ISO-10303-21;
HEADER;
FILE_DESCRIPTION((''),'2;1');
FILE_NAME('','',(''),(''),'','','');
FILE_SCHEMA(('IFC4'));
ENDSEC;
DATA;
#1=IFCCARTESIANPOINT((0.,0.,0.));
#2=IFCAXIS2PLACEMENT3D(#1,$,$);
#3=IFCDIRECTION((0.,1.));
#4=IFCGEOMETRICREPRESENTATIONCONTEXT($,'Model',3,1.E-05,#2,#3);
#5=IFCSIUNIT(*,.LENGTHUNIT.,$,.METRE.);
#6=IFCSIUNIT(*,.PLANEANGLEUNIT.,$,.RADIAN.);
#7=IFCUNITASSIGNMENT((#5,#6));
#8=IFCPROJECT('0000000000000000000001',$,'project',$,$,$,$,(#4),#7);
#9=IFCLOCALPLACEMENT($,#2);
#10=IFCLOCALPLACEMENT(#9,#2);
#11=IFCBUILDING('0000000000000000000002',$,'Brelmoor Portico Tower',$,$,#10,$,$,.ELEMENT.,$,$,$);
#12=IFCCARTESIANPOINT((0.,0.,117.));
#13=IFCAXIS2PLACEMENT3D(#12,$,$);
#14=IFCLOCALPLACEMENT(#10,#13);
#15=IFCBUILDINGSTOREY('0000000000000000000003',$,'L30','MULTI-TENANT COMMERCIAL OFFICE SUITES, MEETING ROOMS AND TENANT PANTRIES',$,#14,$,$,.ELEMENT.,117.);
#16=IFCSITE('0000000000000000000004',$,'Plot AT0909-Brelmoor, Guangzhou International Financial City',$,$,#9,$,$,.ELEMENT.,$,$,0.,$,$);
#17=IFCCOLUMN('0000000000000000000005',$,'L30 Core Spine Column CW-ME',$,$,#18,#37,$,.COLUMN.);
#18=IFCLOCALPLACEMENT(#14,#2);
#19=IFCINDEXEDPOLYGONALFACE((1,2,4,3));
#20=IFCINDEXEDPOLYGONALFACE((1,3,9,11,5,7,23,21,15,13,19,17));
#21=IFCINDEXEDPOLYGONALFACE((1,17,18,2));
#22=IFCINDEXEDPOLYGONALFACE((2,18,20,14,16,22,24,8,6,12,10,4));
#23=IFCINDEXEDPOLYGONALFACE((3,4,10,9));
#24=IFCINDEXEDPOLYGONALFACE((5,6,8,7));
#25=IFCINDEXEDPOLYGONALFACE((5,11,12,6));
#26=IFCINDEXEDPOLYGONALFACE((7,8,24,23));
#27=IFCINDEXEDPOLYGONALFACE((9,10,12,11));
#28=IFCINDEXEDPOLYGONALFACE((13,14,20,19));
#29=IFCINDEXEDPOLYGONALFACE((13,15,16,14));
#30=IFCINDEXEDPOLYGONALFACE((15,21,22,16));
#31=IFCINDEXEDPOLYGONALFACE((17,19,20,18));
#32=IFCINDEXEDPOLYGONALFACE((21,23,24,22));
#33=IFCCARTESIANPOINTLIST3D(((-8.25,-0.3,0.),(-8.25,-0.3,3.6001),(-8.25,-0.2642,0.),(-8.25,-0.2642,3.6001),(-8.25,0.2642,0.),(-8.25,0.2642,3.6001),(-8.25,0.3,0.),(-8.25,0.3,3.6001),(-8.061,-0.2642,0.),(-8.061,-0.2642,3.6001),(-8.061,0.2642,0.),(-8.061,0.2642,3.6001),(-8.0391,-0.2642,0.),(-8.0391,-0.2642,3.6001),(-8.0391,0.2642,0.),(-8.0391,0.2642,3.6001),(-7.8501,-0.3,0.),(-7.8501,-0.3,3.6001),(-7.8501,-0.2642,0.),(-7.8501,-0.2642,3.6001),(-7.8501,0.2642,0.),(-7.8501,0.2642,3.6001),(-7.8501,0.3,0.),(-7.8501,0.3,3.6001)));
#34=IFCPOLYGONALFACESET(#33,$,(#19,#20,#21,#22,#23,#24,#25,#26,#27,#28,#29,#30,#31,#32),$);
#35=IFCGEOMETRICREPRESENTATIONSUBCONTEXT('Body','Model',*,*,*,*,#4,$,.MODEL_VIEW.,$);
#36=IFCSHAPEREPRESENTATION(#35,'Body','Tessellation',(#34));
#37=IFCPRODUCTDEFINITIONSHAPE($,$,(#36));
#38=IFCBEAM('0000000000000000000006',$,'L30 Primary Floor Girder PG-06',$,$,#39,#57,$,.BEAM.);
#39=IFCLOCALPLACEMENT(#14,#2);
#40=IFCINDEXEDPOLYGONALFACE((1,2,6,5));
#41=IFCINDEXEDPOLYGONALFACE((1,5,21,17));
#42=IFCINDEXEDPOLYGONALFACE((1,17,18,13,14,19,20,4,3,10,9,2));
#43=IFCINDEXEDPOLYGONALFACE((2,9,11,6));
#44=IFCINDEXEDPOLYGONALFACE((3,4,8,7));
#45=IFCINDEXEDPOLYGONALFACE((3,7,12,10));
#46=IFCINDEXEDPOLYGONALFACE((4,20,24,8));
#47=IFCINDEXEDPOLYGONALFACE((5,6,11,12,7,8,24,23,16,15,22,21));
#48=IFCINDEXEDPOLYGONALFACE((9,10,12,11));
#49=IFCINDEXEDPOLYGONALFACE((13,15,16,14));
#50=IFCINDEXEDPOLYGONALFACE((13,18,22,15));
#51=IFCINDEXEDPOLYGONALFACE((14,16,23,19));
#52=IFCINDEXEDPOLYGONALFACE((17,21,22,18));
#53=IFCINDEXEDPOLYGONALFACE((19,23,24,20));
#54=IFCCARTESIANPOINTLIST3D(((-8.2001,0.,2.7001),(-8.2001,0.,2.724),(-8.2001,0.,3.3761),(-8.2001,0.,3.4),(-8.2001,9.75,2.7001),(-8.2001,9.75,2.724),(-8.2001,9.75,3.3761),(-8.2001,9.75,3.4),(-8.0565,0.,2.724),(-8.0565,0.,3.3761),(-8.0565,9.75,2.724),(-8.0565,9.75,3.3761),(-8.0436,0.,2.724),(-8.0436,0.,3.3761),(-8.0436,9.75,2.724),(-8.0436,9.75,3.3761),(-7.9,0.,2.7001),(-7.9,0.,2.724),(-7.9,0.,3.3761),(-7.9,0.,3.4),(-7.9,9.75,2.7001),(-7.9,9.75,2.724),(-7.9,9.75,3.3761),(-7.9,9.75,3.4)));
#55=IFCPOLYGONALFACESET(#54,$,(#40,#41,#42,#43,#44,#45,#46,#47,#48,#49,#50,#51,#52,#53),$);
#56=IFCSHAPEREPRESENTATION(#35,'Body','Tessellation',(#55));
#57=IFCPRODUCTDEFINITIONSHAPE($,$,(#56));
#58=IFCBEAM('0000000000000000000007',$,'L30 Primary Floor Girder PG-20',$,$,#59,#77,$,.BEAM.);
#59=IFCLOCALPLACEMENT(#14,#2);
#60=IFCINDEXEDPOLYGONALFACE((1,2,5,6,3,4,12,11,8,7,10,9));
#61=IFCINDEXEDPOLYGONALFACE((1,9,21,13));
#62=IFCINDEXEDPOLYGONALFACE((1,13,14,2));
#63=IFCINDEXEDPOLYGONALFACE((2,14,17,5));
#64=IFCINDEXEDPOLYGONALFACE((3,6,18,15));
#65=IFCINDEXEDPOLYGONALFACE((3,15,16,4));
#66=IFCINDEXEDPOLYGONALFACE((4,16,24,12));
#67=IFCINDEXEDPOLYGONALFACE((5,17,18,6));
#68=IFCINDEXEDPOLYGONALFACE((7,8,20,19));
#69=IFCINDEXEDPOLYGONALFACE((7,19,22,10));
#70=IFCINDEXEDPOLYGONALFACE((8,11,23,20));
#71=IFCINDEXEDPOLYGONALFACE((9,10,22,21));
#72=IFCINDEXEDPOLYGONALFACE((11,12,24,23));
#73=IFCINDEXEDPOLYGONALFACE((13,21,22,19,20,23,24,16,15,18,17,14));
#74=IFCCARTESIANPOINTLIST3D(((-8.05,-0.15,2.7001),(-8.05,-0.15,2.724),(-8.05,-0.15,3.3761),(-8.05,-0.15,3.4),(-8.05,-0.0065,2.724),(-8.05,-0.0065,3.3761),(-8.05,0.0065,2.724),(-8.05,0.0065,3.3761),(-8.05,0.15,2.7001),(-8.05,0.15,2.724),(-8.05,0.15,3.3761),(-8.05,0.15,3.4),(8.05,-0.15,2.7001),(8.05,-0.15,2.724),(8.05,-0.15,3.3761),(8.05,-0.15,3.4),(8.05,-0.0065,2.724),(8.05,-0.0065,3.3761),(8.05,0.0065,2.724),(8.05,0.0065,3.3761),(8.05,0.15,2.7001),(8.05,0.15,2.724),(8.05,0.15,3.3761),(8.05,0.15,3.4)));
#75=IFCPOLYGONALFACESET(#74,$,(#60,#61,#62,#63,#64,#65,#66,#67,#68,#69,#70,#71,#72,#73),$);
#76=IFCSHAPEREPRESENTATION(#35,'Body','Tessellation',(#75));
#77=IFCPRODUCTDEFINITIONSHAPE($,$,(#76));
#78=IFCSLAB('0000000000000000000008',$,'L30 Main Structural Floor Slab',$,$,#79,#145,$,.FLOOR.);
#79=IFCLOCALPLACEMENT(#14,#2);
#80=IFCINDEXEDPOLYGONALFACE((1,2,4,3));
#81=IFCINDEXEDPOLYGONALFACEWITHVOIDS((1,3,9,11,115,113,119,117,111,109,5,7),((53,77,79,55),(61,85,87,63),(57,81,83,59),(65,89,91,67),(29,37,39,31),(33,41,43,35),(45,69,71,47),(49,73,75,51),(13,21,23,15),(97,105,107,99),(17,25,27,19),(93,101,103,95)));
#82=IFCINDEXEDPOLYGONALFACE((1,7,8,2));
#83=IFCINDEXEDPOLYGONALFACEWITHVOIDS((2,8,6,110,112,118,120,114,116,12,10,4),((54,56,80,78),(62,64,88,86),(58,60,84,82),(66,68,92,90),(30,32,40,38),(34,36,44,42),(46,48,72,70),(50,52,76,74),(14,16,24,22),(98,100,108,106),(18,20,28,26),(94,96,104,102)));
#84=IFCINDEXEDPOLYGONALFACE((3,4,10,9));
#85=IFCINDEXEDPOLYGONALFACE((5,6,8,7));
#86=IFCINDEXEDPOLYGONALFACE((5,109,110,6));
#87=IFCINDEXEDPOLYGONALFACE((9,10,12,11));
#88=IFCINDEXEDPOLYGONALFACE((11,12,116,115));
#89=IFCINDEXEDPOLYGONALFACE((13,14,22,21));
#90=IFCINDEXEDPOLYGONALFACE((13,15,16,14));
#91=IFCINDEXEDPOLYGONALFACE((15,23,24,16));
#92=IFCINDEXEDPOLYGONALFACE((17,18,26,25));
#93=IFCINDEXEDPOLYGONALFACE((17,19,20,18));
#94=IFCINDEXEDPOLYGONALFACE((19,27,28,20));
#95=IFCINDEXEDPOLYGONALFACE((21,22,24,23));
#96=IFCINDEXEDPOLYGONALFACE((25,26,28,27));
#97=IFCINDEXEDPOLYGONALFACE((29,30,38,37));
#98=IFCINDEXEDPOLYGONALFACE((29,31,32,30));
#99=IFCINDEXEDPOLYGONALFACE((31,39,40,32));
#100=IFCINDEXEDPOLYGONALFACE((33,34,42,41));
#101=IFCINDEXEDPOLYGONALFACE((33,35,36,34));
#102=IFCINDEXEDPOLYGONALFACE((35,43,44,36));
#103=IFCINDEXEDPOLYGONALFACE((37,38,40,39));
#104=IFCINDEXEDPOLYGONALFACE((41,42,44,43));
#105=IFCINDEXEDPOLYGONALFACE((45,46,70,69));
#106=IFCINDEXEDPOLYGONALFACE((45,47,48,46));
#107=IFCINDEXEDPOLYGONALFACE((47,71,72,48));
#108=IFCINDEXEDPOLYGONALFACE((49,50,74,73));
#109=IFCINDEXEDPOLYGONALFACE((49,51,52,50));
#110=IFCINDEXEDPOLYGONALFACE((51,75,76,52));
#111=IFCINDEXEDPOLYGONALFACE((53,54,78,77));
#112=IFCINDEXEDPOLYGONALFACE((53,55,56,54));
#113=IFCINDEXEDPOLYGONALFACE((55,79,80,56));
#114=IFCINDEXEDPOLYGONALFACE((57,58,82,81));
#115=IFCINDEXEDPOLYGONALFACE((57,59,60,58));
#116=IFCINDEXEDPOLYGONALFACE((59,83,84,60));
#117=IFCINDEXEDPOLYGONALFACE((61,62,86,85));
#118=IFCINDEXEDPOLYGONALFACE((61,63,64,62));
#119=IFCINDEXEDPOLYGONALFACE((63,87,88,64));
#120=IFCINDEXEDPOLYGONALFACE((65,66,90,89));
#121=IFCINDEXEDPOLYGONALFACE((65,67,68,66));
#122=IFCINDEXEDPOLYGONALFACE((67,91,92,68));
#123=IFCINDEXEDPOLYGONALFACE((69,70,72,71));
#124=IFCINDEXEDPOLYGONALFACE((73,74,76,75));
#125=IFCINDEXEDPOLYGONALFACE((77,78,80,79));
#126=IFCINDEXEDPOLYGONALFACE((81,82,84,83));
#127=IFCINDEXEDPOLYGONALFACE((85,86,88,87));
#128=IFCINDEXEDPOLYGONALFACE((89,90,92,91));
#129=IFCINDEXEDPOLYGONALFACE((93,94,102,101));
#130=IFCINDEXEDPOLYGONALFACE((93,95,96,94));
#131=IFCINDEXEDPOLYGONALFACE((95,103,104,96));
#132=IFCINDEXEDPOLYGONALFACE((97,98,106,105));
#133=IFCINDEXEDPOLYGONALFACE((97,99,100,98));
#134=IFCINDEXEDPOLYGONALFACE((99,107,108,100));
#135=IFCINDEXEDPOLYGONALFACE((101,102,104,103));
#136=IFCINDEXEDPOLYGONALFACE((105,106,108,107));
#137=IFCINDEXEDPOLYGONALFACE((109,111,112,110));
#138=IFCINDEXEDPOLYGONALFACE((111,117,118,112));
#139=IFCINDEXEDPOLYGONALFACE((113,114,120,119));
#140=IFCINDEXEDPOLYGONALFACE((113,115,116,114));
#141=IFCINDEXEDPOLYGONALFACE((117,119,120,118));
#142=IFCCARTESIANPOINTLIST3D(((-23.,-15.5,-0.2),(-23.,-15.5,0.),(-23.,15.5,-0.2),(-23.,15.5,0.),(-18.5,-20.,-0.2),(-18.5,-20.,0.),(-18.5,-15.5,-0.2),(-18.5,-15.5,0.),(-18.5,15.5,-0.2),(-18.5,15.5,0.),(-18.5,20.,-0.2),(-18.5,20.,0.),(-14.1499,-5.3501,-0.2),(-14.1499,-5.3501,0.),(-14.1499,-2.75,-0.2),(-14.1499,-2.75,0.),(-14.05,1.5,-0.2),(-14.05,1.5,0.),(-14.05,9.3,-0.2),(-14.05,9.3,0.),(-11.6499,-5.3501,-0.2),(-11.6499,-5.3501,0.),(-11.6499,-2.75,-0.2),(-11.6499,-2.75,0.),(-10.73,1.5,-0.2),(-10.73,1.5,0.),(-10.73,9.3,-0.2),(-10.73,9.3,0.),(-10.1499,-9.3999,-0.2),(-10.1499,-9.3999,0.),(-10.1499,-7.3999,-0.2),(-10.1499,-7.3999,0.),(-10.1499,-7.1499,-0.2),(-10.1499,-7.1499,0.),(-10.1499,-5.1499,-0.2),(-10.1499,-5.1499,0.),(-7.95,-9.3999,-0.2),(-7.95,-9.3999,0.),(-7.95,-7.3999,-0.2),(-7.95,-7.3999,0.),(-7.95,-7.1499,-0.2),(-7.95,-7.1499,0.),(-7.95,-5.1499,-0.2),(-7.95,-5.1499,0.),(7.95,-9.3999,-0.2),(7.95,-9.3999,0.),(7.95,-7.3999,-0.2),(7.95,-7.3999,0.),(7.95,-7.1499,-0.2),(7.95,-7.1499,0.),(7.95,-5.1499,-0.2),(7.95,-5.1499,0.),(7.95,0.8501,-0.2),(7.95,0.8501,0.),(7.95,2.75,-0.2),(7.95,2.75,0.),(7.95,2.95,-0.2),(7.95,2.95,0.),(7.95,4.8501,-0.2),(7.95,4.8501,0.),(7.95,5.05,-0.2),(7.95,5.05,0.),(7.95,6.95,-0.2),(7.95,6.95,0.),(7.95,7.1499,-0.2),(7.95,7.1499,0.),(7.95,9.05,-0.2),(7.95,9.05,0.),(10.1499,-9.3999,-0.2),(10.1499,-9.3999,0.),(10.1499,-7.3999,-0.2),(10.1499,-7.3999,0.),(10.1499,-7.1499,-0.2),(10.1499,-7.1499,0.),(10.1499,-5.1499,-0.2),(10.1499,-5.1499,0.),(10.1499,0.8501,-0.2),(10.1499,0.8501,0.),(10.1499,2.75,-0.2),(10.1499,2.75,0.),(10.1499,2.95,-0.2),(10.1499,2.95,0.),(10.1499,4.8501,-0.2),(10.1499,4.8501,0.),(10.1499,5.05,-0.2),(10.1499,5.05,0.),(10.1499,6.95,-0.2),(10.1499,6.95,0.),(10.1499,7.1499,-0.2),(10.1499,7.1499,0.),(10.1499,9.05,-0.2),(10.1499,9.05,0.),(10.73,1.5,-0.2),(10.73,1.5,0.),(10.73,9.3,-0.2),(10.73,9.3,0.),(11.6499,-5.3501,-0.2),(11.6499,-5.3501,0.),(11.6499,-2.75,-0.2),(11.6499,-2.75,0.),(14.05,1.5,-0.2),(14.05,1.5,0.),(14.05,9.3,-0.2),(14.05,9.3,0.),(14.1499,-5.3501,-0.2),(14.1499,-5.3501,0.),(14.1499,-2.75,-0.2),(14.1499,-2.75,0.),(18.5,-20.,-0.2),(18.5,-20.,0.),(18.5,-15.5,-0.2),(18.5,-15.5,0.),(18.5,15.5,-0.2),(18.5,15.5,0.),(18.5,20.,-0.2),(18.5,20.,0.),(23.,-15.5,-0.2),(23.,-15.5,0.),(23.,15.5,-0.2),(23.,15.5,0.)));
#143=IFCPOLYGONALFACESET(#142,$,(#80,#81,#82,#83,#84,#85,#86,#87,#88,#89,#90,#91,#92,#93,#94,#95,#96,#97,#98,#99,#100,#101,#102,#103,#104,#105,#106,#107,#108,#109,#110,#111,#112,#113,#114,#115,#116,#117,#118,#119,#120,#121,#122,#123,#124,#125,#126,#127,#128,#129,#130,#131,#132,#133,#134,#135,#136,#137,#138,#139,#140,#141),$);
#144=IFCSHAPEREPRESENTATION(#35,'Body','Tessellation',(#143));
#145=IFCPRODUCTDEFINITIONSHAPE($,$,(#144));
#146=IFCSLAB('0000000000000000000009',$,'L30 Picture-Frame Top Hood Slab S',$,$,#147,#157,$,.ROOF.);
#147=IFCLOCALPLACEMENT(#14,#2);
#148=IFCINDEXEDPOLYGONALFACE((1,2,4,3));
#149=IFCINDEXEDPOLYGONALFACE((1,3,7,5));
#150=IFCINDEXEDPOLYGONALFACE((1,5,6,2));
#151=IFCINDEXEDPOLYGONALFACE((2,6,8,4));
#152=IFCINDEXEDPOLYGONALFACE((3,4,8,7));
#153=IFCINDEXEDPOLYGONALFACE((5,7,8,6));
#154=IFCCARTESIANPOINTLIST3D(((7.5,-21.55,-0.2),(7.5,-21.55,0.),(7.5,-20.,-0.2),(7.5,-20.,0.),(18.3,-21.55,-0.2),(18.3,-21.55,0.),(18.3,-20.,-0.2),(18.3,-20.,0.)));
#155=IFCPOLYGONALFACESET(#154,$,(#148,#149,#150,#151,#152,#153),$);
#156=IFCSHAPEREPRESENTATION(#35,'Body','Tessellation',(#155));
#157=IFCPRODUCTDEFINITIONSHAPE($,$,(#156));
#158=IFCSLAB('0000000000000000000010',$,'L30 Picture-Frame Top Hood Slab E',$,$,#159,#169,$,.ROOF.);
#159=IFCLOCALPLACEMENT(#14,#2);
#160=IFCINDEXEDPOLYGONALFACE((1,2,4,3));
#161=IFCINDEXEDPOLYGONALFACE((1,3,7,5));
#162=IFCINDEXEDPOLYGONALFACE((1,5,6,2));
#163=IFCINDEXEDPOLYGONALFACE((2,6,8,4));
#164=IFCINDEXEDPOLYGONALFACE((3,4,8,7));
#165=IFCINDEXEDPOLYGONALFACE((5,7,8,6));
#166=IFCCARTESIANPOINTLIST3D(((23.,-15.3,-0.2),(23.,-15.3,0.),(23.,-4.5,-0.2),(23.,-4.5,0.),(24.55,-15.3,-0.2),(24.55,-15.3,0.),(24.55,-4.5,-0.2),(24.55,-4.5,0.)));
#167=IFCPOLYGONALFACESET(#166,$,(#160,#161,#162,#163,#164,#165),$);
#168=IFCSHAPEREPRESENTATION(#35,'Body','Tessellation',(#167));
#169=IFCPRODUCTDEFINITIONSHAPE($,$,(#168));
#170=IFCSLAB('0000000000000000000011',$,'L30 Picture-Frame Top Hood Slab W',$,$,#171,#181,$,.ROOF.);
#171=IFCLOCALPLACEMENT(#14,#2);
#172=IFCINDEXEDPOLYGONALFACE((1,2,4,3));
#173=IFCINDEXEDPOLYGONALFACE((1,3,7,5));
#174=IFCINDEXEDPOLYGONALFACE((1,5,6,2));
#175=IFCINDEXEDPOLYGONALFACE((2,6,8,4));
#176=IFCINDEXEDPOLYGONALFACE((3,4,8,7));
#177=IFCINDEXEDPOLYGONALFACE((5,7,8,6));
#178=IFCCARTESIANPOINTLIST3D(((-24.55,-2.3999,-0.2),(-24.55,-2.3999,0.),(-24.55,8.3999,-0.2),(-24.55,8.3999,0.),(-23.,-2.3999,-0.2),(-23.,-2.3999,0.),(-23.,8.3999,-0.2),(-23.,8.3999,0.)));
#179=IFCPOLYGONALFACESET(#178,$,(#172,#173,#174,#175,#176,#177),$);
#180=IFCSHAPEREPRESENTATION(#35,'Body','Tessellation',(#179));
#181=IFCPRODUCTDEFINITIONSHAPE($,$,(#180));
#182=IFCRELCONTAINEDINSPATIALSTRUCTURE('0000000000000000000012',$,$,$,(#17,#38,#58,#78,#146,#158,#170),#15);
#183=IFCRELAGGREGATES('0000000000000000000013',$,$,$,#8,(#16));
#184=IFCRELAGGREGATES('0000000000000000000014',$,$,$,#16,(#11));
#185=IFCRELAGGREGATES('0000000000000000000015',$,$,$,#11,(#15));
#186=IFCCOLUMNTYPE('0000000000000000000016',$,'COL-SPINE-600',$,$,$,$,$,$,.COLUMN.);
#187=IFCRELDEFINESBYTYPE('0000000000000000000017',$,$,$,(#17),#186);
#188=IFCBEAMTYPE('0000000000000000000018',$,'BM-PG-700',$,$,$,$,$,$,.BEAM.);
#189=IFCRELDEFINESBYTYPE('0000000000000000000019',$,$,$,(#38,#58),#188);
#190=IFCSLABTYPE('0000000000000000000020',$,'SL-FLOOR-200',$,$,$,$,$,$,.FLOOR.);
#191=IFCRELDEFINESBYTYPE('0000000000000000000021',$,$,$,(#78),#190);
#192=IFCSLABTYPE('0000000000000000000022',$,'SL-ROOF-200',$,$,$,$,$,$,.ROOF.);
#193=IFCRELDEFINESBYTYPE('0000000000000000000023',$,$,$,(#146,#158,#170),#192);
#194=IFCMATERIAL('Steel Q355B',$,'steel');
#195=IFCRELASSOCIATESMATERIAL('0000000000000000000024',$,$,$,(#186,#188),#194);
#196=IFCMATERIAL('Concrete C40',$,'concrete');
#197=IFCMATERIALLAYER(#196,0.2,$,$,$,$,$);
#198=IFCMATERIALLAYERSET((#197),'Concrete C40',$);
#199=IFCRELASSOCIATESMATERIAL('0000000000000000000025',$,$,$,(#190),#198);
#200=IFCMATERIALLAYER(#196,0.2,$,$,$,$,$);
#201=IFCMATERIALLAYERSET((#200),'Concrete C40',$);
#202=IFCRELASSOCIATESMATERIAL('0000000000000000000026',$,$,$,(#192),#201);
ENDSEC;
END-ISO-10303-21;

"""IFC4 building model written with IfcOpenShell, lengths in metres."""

from ifc_helpers import new_model, si_unit, direction, frame, origin, origin_2d, place, context, subcontext, project, spatial, polyline, i_section, outline, extrude, material, layer, layer_set, material_profile, profile_set, type_object, element, save


model = new_model("IFC4")

# Units and contexts
model_context = context("Model", 3, precision=1e-05, world=origin(), true_north=direction((0.0, 1.0)))
body_context = subcontext(model_context, "Body", "Model", "MODEL_VIEW")
ifc_project = project(units=[si_unit("LENGTHUNIT", "METRE"), si_unit("PLANEANGLEUNIT", "RADIAN")], contexts=[model_context])

# Site, building, storey
site_placement = place(None, origin())
site = spatial("IfcSite", under=ifc_project, at=site_placement, Name="Plot AT0909-Brelmoor, Guangzhou International Financial City", CompositionType="ELEMENT", RefElevation=0.0)
building_placement = place(site_placement, origin())
building = spatial("IfcBuilding", under=site, at=building_placement, Name="Brelmoor Portico Tower", CompositionType="ELEMENT")
storey_placement = place(building_placement, frame((0.0, 0.0, 117.0)))
storey = spatial("IfcBuildingStorey", under=building, at=storey_placement, Name="L30", Description="MULTI-TENANT COMMERCIAL OFFICE SUITES, MEETING ROOMS AND TENANT PANTRIES", CompositionType="ELEMENT", Elevation=117.0)

# Column
ifc_material_1 = material(Name="Steel Q355B", Category="steel")
ifc_material_profile_1 = material_profile(ifc_material_1, i_section(OverallWidth=0.3999, OverallDepth=0.6001, WebThickness=0.022, FlangeThickness=0.0359, at=origin_2d()), Name="HW 600x400x22x36")
ifc_profile_set_1 = profile_set([ifc_material_profile_1], Name="Steel Q355B")
column_type = type_object("IfcColumnType", Name="COL-SPINE-600", PredefinedType="COLUMN", material=ifc_profile_set_1)
column_placement = place(storey_placement, frame((-8.05, 0.0, 0.0), z_axis=(0.0, 0.0, 1.0), x_axis=(1.0, 0.0, 0.0)))
element("IfcColumn", 1, at=column_placement, inside=storey, type_object=column_type, Name="L30 Core Spine Column CW-ME", PredefinedType="COLUMN", context=body_context, shape_type="SweptSolid", body=[
    extrude(i_section(OverallWidth=0.3999, OverallDepth=0.6001, WebThickness=0.022, FlangeThickness=0.0359, at=origin_2d()), origin(), (0.0, 0.0, 1.0), 3.6001),
])

# Beams
ifc_material_profile_2 = material_profile(ifc_material_1, i_section(OverallWidth=0.3, OverallDepth=0.7, WebThickness=0.0129, FlangeThickness=0.0239, at=origin_2d()), Name="HN 700x300x13x24")
ifc_profile_set_2 = profile_set([ifc_material_profile_2], Name="Steel Q355B")
beam_type = type_object("IfcBeamType", Name="BM-PG-700", PredefinedType="BEAM", material=ifc_profile_set_2)
beam_1_placement = place(storey_placement, frame((-8.05, 0.0, 3.05), z_axis=(0.0, 1.0, 0.0), x_axis=(-1.0, 0.0, 0.0)))
element("IfcBeam", 2, at=beam_1_placement, inside=storey, type_object=beam_type, Name="L30 Primary Floor Girder PG-06", PredefinedType="BEAM", context=body_context, shape_type="SweptSolid", body=[
    extrude(i_section(OverallWidth=0.3, OverallDepth=0.7, WebThickness=0.0129, FlangeThickness=0.0239, at=origin_2d()), origin(), (0.0, 0.0, 1.0), 9.75),
])
beam_2_placement = place(storey_placement, frame((-8.05, 0.0, 3.05), z_axis=(1.0, 0.0, 0.0), x_axis=(0.0, 1.0, 0.0)))
element("IfcBeam", 3, at=beam_2_placement, inside=storey, type_object=beam_type, Name="L30 Primary Floor Girder PG-20", PredefinedType="BEAM", context=body_context, shape_type="SweptSolid", body=[
    extrude(i_section(OverallWidth=0.3, OverallDepth=0.7, WebThickness=0.0129, FlangeThickness=0.0239, at=origin_2d()), origin(), (0.0, 0.0, 1.0), 16.1001),
])

# Slabs
ifc_material_2 = material(Name="Concrete C40", Category="concrete")
ifc_layer_1 = layer(ifc_material_2, 0.2)
ifc_layer_set_1 = layer_set([ifc_layer_1], Name="Concrete C40")
slab_type_1 = type_object("IfcSlabType", Name="SL-FLOOR-200", PredefinedType="FLOOR", material=ifc_layer_set_1)
slab_1_placement = place(storey_placement, frame((0.0, 0.0, -0.2)))
element("IfcSlab", 4, at=slab_1_placement, inside=storey, type_object=slab_type_1, Name="L30 Main Structural Floor Slab", PredefinedType="FLOOR", context=body_context, shape_type="SweptSolid", body=[
    extrude(outline(polyline([(-18.5, -20.0), (18.5, -20.0), (18.5, -15.5), (23.0, -15.5), (23.0, 15.5), (18.5, 15.5), (18.5, 20.0), (-18.5, 20.0), (-18.5, 15.5), (-23.0, 15.5), (-23.0, -15.5), (-18.5, -15.5), (-18.5, -20.0)]), holes=[polyline([(-10.73, 1.5), (-10.73, 9.3), (-14.05, 9.3), (-14.05, 1.5), (-10.73, 1.5)]), polyline([(14.05, 1.5), (14.05, 9.3), (10.73, 9.3), (10.73, 1.5), (14.05, 1.5)]), polyline([(7.95, 0.8501), (10.1499, 0.8501), (10.1499, 2.75), (7.95, 2.75), (7.95, 0.8501)]), polyline([(7.95, 2.95), (10.1499, 2.95), (10.1499, 4.8501), (7.95, 4.8501), (7.95, 2.95)]), polyline([(7.95, 5.05), (10.1499, 5.05), (10.1499, 6.95), (7.95, 6.95), (7.95, 5.05)]), polyline([(7.95, 7.1499), (10.1499, 7.1499), (10.1499, 9.05), (7.95, 9.05), (7.95, 7.1499)]), polyline([(-10.1499, -9.3999), (-7.95, -9.3999), (-7.95, -7.3999), (-10.1499, -7.3999), (-10.1499, -9.3999)]), polyline([(-10.1499, -7.1499), (-7.95, -7.1499), (-7.95, -5.1499), (-10.1499, -5.1499), (-10.1499, -7.1499)]), polyline([(7.95, -9.3999), (10.1499, -9.3999), (10.1499, -7.3999), (7.95, -7.3999), (7.95, -9.3999)]), polyline([(7.95, -7.1499), (10.1499, -7.1499), (10.1499, -5.1499), (7.95, -5.1499), (7.95, -7.1499)]), polyline([(-14.1499, -5.3501), (-11.6499, -5.3501), (-11.6499, -2.75), (-14.1499, -2.75), (-14.1499, -5.3501)]), polyline([(11.6499, -5.3501), (14.1499, -5.3501), (14.1499, -2.75), (11.6499, -2.75), (11.6499, -5.3501)])]), origin(), (0.0, 0.0, 1.0), 0.2),
])
ifc_layer_2 = layer(ifc_material_2, 0.2)
ifc_layer_set_2 = layer_set([ifc_layer_2], Name="Concrete C40")
slab_type_2 = type_object("IfcSlabType", Name="SL-ROOF-200", PredefinedType="ROOF", material=ifc_layer_set_2)
slab_2_placement = place(storey_placement, frame((0.0, 0.0, -0.2)))
element("IfcSlab", 5, at=slab_2_placement, inside=storey, type_object=slab_type_2, Name="L30 Picture-Frame Top Hood Slab S", PredefinedType="ROOF", context=body_context, shape_type="SweptSolid", body=[
    extrude(outline(polyline([(7.5, -21.55), (18.3, -21.55), (18.3, -20.0), (7.5, -20.0), (7.5, -21.55)])), origin(), (0.0, 0.0, 1.0), 0.2),
])
slab_3_placement = place(storey_placement, frame((0.0, 0.0, -0.2)))
element("IfcSlab", 6, at=slab_3_placement, inside=storey, type_object=slab_type_2, Name="L30 Picture-Frame Top Hood Slab E", PredefinedType="ROOF", context=body_context, shape_type="SweptSolid", body=[
    extrude(outline(polyline([(23.0, -15.3), (24.55, -15.3), (24.55, -4.5), (23.0, -4.5), (23.0, -15.3)])), origin(), (0.0, 0.0, 1.0), 0.2),
])
slab_4_placement = place(storey_placement, frame((0.0, 0.0, -0.2)))
element("IfcSlab", 7, at=slab_4_placement, inside=storey, type_object=slab_type_2, Name="L30 Picture-Frame Top Hood Slab W", PredefinedType="ROOF", context=body_context, shape_type="SweptSolid", body=[
    extrude(outline(polyline([(-24.55, -2.3999), (-23.0, -2.3999), (-23.0, 8.3999), (-24.55, 8.3999), (-24.55, -2.3999)])), origin(), (0.0, 0.0, 1.0), 0.2),
])

save(model, "model.ifc")
